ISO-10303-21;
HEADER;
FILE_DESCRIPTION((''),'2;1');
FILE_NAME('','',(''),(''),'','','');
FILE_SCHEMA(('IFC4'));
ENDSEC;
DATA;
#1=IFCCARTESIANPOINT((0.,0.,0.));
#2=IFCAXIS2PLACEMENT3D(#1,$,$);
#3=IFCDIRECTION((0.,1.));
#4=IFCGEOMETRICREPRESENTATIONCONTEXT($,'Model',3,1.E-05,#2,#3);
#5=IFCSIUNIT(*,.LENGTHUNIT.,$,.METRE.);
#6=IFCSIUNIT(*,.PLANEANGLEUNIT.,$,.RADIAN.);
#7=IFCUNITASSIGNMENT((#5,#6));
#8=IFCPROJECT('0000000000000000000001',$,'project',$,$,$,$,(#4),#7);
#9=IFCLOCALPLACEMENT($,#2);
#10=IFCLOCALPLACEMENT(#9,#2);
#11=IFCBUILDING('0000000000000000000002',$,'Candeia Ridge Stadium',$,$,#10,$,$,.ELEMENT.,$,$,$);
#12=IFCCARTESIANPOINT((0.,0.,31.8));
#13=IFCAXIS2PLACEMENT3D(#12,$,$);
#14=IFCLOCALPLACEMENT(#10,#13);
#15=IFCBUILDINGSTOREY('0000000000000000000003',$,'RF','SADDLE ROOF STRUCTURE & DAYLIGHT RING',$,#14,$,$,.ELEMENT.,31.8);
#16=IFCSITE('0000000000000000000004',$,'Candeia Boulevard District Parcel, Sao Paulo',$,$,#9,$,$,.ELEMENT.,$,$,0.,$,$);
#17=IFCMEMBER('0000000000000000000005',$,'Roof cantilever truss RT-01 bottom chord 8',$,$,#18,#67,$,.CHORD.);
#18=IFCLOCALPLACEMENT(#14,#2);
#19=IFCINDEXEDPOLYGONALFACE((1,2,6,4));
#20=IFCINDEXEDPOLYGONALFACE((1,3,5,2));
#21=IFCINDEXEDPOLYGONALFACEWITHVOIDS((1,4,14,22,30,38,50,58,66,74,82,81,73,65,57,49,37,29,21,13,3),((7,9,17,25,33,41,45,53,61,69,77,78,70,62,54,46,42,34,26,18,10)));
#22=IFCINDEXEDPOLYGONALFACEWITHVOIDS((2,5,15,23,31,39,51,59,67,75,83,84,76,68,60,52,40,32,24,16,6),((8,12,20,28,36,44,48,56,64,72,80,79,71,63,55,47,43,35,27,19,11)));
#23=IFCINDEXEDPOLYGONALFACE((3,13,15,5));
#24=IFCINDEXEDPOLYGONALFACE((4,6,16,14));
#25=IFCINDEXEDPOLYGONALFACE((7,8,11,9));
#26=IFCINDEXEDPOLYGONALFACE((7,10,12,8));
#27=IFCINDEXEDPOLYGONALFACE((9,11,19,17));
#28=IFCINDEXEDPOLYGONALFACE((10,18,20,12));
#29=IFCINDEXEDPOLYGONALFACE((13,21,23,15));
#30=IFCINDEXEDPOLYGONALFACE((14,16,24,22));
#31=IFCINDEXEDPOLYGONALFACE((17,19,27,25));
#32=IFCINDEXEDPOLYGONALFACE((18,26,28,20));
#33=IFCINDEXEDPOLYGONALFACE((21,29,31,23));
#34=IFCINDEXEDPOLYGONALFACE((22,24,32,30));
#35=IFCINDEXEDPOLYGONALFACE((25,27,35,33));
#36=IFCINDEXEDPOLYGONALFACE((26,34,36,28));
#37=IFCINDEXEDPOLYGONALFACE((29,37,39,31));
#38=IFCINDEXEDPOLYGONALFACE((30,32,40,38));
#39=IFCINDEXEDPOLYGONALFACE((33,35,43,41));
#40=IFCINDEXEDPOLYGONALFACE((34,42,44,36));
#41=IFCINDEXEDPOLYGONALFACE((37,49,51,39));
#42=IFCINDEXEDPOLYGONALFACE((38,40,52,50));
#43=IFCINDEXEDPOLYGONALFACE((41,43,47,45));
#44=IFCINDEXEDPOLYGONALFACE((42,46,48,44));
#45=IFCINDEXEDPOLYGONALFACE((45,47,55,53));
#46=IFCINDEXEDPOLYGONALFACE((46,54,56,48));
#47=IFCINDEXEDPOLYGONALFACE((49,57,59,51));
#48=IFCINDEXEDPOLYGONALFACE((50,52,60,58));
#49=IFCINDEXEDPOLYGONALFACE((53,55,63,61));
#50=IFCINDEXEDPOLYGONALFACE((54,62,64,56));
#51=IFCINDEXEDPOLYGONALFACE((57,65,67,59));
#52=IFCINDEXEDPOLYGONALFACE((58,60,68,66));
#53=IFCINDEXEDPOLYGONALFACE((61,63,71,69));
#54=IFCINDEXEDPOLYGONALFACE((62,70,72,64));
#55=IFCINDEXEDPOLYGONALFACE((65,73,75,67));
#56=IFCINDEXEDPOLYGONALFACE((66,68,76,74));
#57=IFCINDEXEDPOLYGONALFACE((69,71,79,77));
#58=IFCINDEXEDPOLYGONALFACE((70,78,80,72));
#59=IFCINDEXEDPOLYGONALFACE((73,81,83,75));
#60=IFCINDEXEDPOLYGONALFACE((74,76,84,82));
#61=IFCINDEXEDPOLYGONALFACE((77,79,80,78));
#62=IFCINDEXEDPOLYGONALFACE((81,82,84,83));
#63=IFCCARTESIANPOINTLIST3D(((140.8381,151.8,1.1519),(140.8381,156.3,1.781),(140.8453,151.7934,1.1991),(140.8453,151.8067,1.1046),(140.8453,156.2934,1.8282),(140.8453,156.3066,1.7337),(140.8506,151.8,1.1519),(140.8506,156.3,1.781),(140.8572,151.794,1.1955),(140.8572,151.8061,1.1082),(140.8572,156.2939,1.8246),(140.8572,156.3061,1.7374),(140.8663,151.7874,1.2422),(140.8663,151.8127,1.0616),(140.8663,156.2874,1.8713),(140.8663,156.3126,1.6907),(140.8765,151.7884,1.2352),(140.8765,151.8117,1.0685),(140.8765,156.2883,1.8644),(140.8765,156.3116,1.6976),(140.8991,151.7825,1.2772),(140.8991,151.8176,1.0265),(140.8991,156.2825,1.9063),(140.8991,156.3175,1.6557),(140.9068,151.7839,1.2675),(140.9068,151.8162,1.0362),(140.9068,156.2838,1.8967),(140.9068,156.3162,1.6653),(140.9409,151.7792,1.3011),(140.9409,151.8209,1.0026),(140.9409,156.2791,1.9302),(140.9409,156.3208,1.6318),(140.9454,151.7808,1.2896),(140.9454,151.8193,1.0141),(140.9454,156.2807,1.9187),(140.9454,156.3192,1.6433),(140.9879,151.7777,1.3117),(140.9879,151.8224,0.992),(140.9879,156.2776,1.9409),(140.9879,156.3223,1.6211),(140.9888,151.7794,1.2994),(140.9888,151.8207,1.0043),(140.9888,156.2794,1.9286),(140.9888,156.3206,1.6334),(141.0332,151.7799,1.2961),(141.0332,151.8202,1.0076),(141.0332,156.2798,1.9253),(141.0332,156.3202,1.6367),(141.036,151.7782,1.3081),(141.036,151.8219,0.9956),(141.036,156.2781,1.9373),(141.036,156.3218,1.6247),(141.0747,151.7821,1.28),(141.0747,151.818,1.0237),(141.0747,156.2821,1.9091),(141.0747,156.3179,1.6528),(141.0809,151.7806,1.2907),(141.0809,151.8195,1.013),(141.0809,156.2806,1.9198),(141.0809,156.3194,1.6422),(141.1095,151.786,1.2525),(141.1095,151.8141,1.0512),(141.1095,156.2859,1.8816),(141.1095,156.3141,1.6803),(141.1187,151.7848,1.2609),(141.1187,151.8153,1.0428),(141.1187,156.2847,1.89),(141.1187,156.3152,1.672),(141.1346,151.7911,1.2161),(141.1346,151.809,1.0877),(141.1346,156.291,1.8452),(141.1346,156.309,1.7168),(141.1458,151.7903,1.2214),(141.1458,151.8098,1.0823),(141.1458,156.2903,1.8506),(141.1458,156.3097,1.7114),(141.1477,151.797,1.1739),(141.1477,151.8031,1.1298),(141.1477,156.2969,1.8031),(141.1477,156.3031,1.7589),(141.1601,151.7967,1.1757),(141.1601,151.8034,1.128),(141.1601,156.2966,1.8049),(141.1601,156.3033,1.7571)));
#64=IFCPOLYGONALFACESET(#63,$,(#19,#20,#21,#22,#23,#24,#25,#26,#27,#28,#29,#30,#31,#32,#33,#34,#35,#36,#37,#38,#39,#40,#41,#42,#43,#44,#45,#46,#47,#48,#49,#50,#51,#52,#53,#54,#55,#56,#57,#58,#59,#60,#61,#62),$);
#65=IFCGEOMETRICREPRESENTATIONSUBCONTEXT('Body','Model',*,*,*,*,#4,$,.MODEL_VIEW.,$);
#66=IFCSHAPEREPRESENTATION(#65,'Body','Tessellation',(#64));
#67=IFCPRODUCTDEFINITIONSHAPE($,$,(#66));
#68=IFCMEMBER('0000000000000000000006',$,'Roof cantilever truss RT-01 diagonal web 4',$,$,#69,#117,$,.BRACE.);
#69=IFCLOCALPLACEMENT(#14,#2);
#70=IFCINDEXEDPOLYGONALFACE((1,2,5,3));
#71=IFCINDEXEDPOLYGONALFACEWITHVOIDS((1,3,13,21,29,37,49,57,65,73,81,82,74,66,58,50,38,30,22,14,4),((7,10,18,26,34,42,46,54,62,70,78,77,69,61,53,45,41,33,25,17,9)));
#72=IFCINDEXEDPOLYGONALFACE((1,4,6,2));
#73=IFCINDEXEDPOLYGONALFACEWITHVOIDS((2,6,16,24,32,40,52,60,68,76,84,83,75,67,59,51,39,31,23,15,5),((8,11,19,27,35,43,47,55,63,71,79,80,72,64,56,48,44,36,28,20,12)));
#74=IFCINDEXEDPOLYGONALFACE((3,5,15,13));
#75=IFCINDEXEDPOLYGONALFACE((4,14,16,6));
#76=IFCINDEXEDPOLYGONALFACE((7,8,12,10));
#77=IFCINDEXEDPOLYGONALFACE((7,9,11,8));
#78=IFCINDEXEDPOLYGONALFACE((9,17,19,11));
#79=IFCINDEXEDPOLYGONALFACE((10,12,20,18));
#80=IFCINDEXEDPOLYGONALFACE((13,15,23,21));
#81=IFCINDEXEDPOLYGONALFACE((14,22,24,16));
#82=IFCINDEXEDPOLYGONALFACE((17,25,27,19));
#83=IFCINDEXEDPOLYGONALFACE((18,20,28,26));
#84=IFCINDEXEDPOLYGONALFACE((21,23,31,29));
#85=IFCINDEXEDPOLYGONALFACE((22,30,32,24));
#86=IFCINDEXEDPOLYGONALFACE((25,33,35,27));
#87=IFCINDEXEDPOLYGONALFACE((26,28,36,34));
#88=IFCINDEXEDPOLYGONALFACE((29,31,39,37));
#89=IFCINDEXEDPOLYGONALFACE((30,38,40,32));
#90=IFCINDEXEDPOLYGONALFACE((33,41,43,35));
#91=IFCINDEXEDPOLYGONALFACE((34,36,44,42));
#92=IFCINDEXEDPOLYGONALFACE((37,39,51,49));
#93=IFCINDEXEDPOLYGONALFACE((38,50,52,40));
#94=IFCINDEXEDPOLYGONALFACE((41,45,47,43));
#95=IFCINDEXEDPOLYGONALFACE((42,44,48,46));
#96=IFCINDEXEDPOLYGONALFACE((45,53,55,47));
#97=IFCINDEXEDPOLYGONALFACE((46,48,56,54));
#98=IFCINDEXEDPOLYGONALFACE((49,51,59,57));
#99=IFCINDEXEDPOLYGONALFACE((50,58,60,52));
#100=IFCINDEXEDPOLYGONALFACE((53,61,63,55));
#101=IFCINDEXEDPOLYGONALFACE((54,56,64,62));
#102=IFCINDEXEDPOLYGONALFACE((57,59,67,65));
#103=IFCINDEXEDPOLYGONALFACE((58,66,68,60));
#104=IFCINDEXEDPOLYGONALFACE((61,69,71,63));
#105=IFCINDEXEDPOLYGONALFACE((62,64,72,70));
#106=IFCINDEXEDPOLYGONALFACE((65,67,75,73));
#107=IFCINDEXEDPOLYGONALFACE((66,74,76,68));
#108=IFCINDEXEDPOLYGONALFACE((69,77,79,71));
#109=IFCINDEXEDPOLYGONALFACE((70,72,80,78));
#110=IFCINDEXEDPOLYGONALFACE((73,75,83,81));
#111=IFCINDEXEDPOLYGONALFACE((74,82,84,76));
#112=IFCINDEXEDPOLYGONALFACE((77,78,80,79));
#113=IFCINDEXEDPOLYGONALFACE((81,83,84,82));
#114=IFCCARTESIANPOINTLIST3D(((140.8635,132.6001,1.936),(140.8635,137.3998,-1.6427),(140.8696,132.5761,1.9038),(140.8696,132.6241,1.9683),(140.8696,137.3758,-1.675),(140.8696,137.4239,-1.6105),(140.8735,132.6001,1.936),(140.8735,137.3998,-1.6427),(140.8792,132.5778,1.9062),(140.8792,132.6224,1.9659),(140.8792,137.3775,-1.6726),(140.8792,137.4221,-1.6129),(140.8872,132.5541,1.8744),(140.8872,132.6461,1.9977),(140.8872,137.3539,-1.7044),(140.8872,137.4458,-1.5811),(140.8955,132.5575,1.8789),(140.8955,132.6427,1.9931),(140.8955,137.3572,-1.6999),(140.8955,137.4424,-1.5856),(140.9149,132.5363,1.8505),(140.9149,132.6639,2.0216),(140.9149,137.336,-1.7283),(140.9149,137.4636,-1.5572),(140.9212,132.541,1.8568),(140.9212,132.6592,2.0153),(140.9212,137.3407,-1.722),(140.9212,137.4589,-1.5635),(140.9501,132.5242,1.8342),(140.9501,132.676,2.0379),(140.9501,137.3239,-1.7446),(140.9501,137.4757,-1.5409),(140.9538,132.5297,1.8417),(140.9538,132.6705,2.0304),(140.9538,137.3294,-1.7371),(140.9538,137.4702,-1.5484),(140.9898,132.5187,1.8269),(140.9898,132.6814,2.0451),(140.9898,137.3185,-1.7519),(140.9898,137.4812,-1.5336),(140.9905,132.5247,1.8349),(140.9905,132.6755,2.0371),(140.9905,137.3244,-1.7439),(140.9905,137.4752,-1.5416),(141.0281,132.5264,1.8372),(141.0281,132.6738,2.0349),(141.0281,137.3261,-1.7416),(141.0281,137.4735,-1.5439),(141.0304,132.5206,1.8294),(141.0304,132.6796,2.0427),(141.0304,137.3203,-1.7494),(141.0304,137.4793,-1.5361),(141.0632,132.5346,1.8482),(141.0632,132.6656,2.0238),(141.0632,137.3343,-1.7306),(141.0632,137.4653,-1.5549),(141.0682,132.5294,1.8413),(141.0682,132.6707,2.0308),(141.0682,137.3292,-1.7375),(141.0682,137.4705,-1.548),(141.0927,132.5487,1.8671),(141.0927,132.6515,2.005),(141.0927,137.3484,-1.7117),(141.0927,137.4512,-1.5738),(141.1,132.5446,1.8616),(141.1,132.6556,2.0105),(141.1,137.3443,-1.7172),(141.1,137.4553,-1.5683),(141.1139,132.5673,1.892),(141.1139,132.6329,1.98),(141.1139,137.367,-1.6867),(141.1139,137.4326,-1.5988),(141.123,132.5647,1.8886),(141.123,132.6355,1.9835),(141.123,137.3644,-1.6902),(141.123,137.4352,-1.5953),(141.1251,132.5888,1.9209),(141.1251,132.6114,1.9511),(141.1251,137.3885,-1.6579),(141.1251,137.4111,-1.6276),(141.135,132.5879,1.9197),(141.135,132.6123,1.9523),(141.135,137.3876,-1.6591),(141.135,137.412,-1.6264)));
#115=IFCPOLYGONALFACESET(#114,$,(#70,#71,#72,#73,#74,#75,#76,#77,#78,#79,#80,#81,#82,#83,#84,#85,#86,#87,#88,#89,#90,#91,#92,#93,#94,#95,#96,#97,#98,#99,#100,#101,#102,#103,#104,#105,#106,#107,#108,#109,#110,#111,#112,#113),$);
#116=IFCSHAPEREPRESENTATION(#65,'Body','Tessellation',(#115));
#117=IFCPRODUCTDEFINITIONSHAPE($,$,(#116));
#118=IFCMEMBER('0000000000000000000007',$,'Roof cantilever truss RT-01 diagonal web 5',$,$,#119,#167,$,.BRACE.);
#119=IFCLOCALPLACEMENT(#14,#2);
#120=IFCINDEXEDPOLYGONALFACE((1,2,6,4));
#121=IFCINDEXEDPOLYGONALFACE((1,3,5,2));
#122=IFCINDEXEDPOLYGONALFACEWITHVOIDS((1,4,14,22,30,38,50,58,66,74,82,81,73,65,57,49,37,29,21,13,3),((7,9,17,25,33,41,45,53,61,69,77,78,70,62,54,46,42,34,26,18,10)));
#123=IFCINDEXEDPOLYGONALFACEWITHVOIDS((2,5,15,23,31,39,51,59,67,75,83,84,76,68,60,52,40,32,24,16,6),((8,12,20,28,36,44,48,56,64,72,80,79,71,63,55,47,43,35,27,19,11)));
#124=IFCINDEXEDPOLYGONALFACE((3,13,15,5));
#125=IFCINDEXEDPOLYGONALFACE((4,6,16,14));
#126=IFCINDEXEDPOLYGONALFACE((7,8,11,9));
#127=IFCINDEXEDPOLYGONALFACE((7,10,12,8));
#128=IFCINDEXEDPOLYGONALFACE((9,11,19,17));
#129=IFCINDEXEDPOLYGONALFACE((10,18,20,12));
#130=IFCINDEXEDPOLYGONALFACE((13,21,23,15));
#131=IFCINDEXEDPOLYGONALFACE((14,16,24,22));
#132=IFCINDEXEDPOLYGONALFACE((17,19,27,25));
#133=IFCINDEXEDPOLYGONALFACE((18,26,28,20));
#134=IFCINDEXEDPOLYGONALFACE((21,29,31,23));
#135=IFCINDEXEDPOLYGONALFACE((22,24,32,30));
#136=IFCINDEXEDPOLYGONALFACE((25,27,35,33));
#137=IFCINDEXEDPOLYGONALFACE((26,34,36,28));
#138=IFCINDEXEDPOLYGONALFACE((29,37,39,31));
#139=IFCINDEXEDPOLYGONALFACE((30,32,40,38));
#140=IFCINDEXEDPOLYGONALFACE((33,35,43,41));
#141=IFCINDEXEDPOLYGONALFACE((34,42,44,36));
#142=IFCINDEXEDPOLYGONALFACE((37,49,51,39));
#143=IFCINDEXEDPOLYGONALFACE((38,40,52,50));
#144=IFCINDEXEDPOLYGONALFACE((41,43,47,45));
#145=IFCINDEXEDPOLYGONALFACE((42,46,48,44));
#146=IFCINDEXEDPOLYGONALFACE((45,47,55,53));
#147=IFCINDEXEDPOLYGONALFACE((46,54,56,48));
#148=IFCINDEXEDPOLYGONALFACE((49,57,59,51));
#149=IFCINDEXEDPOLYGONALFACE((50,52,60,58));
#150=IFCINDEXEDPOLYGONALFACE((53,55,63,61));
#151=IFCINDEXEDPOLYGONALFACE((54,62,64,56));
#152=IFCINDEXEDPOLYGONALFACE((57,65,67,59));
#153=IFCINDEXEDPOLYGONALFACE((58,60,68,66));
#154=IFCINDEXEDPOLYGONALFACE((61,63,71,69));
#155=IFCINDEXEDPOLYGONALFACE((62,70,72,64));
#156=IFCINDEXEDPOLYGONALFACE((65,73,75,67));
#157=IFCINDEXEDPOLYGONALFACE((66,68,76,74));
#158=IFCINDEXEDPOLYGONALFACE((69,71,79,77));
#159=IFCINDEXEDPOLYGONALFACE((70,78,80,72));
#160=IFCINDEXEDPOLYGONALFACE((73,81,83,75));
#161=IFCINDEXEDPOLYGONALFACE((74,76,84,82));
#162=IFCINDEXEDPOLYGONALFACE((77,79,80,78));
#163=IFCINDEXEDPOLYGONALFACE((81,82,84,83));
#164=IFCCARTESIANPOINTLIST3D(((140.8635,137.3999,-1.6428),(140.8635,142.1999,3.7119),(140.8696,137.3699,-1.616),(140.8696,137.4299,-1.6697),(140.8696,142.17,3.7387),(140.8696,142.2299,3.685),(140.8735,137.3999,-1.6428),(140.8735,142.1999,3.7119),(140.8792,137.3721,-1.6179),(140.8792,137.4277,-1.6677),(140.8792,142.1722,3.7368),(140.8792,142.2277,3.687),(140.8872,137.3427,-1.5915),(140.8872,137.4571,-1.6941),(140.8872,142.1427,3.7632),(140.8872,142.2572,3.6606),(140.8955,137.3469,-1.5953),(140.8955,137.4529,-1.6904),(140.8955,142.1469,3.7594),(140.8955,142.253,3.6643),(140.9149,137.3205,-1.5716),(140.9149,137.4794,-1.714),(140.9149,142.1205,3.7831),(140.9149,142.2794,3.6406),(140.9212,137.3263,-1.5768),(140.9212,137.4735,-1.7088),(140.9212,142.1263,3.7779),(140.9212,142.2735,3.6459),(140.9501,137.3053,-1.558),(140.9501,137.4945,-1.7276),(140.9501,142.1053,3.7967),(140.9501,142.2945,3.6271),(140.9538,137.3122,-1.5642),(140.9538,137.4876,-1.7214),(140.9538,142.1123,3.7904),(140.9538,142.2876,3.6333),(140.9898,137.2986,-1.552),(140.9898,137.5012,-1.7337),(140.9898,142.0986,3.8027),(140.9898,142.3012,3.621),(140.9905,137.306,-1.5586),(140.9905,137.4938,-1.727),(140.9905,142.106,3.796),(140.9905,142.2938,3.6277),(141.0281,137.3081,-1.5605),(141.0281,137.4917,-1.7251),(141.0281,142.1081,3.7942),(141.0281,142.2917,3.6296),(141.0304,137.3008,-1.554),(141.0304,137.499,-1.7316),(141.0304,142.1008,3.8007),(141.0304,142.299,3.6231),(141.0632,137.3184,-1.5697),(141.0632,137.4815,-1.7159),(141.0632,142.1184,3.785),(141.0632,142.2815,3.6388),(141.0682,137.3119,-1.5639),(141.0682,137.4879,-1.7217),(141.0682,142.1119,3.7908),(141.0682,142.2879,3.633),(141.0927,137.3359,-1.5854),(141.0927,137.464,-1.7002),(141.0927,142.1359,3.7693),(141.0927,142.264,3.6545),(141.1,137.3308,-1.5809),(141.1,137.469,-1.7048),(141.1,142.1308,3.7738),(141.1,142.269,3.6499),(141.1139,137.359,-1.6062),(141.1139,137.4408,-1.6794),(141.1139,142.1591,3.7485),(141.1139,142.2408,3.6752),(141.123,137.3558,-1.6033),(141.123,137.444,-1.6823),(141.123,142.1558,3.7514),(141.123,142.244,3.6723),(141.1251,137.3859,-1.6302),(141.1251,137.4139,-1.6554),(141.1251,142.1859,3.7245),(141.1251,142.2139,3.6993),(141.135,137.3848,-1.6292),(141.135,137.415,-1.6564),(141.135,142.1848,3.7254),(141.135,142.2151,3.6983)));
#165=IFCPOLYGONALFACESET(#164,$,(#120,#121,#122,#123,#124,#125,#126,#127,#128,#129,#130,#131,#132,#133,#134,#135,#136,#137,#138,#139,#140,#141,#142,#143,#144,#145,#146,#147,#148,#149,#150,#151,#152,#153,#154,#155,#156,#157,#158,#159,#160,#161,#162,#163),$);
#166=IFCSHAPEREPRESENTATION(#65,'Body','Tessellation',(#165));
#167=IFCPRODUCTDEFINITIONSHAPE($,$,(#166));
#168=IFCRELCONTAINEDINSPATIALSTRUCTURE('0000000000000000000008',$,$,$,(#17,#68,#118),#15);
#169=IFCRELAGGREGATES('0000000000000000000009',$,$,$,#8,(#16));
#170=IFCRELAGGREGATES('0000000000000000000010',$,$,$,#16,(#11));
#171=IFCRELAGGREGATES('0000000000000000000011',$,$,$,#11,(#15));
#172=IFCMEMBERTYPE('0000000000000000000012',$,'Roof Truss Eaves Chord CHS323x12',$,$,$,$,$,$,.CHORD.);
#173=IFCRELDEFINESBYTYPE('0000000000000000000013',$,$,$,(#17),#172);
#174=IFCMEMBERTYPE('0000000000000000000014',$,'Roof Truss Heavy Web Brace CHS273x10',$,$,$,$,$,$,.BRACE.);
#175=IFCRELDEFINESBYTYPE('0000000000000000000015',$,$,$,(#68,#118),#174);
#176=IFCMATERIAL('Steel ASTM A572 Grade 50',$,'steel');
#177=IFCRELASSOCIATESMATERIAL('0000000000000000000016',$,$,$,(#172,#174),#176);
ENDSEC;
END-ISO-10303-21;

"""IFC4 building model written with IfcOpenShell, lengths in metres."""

from ifc_helpers import new_model, si_unit, direction, frame, origin, origin_2d, place, context, subcontext, project, spatial, hollow_circle, extrude, material, material_profile, profile_set, type_object, element, save


model = new_model("IFC4")

# Units and contexts
model_context = context("Model", 3, precision=1e-05, world=origin(), true_north=direction((0.0, 1.0)))
body_context = subcontext(model_context, "Body", "Model", "MODEL_VIEW")
ifc_project = project(units=[si_unit("LENGTHUNIT", "METRE"), si_unit("PLANEANGLEUNIT", "RADIAN")], contexts=[model_context])

# Site, building, storey
site_placement = place(None, origin())
site = spatial("IfcSite", under=ifc_project, at=site_placement, Name="Candeia Boulevard District Parcel, Sao Paulo", CompositionType="ELEMENT", RefElevation=0.0)
building_placement = place(site_placement, origin())
building = spatial("IfcBuilding", under=site, at=building_placement, Name="Candeia Ridge Stadium", CompositionType="ELEMENT")
storey_placement = place(building_placement, frame((0.0, 0.0, 31.8)))
storey = spatial("IfcBuildingStorey", under=building, at=storey_placement, Name="RF", Description="SADDLE ROOF STRUCTURE & DAYLIGHT RING", CompositionType="ELEMENT", Elevation=31.8)

# Shared definitions
ifc_material_1 = material(Name="Steel ASTM A572 Grade 50", Category="steel")

# Members
ifc_material_profile_1 = material_profile(ifc_material_1, hollow_circle(Radius=0.1619, WallThickness=0.0125, at=origin_2d()), Name="CHS323x12", Category="steel")
ifc_profile_set_1 = profile_set([ifc_material_profile_1], Name="Steel ASTM A572 Grade 50")
member_type_1 = type_object("IfcMemberType", Name="Roof Truss Eaves Chord CHS323x12", PredefinedType="CHORD", material=ifc_profile_set_1)
member_1_placement = place(storey_placement, frame((141.0, 151.8, 1.1519), z_axis=(0.0, 0.990367, 0.138464), x_axis=(-1.0, 0.0, 0.0)))
element("IfcMember", 1, at=member_1_placement, inside=storey, type_object=member_type_1, Name="Roof cantilever truss RT-01 bottom chord 8", PredefinedType="CHORD", context=body_context, shape_type="SweptSolid", body=[
    extrude(hollow_circle(Radius=0.1619, WallThickness=0.0125, at=origin_2d()), origin(), (0.0, 0.0, 1.0), 4.5437),
])
ifc_material_profile_2 = material_profile(ifc_material_1, hollow_circle(Radius=0.1365, WallThickness=0.01, at=origin_2d()), Name="CHS273x10", Category="steel")
ifc_profile_set_2 = profile_set([ifc_material_profile_2], Name="Steel ASTM A572 Grade 50")
member_type_2 = type_object("IfcMemberType", Name="Roof Truss Heavy Web Brace CHS273x10", PredefinedType="BRACE", material=ifc_profile_set_2)
member_2_placement = place(storey_placement, frame((141.0, 132.6001, 1.936), z_axis=(0.0, 0.80168, -0.597753), x_axis=(-1.0, 0.0, 0.0)))
element("IfcMember", 2, at=member_2_placement, inside=storey, type_object=member_type_2, Name="Roof cantilever truss RT-01 diagonal web 4", PredefinedType="BRACE", context=body_context, shape_type="SweptSolid", body=[
    extrude(hollow_circle(Radius=0.1365, WallThickness=0.01, at=origin_2d()), origin(), (0.0, 0.0, 1.0), 5.9871),
])
member_3_placement = place(storey_placement, frame((141.0, 137.3999, -1.6428), z_axis=(0.0, 0.667487, 0.744621), x_axis=(-1.0, 0.0, 0.0)))
element("IfcMember", 3, at=member_3_placement, inside=storey, type_object=member_type_2, Name="Roof cantilever truss RT-01 diagonal web 5", PredefinedType="BRACE", context=body_context, shape_type="SweptSolid", body=[
    extrude(hollow_circle(Radius=0.1365, WallThickness=0.01, at=origin_2d()), origin(), (0.0, 0.0, 1.0), 7.1912),
])

save(model, "model.ifc")
